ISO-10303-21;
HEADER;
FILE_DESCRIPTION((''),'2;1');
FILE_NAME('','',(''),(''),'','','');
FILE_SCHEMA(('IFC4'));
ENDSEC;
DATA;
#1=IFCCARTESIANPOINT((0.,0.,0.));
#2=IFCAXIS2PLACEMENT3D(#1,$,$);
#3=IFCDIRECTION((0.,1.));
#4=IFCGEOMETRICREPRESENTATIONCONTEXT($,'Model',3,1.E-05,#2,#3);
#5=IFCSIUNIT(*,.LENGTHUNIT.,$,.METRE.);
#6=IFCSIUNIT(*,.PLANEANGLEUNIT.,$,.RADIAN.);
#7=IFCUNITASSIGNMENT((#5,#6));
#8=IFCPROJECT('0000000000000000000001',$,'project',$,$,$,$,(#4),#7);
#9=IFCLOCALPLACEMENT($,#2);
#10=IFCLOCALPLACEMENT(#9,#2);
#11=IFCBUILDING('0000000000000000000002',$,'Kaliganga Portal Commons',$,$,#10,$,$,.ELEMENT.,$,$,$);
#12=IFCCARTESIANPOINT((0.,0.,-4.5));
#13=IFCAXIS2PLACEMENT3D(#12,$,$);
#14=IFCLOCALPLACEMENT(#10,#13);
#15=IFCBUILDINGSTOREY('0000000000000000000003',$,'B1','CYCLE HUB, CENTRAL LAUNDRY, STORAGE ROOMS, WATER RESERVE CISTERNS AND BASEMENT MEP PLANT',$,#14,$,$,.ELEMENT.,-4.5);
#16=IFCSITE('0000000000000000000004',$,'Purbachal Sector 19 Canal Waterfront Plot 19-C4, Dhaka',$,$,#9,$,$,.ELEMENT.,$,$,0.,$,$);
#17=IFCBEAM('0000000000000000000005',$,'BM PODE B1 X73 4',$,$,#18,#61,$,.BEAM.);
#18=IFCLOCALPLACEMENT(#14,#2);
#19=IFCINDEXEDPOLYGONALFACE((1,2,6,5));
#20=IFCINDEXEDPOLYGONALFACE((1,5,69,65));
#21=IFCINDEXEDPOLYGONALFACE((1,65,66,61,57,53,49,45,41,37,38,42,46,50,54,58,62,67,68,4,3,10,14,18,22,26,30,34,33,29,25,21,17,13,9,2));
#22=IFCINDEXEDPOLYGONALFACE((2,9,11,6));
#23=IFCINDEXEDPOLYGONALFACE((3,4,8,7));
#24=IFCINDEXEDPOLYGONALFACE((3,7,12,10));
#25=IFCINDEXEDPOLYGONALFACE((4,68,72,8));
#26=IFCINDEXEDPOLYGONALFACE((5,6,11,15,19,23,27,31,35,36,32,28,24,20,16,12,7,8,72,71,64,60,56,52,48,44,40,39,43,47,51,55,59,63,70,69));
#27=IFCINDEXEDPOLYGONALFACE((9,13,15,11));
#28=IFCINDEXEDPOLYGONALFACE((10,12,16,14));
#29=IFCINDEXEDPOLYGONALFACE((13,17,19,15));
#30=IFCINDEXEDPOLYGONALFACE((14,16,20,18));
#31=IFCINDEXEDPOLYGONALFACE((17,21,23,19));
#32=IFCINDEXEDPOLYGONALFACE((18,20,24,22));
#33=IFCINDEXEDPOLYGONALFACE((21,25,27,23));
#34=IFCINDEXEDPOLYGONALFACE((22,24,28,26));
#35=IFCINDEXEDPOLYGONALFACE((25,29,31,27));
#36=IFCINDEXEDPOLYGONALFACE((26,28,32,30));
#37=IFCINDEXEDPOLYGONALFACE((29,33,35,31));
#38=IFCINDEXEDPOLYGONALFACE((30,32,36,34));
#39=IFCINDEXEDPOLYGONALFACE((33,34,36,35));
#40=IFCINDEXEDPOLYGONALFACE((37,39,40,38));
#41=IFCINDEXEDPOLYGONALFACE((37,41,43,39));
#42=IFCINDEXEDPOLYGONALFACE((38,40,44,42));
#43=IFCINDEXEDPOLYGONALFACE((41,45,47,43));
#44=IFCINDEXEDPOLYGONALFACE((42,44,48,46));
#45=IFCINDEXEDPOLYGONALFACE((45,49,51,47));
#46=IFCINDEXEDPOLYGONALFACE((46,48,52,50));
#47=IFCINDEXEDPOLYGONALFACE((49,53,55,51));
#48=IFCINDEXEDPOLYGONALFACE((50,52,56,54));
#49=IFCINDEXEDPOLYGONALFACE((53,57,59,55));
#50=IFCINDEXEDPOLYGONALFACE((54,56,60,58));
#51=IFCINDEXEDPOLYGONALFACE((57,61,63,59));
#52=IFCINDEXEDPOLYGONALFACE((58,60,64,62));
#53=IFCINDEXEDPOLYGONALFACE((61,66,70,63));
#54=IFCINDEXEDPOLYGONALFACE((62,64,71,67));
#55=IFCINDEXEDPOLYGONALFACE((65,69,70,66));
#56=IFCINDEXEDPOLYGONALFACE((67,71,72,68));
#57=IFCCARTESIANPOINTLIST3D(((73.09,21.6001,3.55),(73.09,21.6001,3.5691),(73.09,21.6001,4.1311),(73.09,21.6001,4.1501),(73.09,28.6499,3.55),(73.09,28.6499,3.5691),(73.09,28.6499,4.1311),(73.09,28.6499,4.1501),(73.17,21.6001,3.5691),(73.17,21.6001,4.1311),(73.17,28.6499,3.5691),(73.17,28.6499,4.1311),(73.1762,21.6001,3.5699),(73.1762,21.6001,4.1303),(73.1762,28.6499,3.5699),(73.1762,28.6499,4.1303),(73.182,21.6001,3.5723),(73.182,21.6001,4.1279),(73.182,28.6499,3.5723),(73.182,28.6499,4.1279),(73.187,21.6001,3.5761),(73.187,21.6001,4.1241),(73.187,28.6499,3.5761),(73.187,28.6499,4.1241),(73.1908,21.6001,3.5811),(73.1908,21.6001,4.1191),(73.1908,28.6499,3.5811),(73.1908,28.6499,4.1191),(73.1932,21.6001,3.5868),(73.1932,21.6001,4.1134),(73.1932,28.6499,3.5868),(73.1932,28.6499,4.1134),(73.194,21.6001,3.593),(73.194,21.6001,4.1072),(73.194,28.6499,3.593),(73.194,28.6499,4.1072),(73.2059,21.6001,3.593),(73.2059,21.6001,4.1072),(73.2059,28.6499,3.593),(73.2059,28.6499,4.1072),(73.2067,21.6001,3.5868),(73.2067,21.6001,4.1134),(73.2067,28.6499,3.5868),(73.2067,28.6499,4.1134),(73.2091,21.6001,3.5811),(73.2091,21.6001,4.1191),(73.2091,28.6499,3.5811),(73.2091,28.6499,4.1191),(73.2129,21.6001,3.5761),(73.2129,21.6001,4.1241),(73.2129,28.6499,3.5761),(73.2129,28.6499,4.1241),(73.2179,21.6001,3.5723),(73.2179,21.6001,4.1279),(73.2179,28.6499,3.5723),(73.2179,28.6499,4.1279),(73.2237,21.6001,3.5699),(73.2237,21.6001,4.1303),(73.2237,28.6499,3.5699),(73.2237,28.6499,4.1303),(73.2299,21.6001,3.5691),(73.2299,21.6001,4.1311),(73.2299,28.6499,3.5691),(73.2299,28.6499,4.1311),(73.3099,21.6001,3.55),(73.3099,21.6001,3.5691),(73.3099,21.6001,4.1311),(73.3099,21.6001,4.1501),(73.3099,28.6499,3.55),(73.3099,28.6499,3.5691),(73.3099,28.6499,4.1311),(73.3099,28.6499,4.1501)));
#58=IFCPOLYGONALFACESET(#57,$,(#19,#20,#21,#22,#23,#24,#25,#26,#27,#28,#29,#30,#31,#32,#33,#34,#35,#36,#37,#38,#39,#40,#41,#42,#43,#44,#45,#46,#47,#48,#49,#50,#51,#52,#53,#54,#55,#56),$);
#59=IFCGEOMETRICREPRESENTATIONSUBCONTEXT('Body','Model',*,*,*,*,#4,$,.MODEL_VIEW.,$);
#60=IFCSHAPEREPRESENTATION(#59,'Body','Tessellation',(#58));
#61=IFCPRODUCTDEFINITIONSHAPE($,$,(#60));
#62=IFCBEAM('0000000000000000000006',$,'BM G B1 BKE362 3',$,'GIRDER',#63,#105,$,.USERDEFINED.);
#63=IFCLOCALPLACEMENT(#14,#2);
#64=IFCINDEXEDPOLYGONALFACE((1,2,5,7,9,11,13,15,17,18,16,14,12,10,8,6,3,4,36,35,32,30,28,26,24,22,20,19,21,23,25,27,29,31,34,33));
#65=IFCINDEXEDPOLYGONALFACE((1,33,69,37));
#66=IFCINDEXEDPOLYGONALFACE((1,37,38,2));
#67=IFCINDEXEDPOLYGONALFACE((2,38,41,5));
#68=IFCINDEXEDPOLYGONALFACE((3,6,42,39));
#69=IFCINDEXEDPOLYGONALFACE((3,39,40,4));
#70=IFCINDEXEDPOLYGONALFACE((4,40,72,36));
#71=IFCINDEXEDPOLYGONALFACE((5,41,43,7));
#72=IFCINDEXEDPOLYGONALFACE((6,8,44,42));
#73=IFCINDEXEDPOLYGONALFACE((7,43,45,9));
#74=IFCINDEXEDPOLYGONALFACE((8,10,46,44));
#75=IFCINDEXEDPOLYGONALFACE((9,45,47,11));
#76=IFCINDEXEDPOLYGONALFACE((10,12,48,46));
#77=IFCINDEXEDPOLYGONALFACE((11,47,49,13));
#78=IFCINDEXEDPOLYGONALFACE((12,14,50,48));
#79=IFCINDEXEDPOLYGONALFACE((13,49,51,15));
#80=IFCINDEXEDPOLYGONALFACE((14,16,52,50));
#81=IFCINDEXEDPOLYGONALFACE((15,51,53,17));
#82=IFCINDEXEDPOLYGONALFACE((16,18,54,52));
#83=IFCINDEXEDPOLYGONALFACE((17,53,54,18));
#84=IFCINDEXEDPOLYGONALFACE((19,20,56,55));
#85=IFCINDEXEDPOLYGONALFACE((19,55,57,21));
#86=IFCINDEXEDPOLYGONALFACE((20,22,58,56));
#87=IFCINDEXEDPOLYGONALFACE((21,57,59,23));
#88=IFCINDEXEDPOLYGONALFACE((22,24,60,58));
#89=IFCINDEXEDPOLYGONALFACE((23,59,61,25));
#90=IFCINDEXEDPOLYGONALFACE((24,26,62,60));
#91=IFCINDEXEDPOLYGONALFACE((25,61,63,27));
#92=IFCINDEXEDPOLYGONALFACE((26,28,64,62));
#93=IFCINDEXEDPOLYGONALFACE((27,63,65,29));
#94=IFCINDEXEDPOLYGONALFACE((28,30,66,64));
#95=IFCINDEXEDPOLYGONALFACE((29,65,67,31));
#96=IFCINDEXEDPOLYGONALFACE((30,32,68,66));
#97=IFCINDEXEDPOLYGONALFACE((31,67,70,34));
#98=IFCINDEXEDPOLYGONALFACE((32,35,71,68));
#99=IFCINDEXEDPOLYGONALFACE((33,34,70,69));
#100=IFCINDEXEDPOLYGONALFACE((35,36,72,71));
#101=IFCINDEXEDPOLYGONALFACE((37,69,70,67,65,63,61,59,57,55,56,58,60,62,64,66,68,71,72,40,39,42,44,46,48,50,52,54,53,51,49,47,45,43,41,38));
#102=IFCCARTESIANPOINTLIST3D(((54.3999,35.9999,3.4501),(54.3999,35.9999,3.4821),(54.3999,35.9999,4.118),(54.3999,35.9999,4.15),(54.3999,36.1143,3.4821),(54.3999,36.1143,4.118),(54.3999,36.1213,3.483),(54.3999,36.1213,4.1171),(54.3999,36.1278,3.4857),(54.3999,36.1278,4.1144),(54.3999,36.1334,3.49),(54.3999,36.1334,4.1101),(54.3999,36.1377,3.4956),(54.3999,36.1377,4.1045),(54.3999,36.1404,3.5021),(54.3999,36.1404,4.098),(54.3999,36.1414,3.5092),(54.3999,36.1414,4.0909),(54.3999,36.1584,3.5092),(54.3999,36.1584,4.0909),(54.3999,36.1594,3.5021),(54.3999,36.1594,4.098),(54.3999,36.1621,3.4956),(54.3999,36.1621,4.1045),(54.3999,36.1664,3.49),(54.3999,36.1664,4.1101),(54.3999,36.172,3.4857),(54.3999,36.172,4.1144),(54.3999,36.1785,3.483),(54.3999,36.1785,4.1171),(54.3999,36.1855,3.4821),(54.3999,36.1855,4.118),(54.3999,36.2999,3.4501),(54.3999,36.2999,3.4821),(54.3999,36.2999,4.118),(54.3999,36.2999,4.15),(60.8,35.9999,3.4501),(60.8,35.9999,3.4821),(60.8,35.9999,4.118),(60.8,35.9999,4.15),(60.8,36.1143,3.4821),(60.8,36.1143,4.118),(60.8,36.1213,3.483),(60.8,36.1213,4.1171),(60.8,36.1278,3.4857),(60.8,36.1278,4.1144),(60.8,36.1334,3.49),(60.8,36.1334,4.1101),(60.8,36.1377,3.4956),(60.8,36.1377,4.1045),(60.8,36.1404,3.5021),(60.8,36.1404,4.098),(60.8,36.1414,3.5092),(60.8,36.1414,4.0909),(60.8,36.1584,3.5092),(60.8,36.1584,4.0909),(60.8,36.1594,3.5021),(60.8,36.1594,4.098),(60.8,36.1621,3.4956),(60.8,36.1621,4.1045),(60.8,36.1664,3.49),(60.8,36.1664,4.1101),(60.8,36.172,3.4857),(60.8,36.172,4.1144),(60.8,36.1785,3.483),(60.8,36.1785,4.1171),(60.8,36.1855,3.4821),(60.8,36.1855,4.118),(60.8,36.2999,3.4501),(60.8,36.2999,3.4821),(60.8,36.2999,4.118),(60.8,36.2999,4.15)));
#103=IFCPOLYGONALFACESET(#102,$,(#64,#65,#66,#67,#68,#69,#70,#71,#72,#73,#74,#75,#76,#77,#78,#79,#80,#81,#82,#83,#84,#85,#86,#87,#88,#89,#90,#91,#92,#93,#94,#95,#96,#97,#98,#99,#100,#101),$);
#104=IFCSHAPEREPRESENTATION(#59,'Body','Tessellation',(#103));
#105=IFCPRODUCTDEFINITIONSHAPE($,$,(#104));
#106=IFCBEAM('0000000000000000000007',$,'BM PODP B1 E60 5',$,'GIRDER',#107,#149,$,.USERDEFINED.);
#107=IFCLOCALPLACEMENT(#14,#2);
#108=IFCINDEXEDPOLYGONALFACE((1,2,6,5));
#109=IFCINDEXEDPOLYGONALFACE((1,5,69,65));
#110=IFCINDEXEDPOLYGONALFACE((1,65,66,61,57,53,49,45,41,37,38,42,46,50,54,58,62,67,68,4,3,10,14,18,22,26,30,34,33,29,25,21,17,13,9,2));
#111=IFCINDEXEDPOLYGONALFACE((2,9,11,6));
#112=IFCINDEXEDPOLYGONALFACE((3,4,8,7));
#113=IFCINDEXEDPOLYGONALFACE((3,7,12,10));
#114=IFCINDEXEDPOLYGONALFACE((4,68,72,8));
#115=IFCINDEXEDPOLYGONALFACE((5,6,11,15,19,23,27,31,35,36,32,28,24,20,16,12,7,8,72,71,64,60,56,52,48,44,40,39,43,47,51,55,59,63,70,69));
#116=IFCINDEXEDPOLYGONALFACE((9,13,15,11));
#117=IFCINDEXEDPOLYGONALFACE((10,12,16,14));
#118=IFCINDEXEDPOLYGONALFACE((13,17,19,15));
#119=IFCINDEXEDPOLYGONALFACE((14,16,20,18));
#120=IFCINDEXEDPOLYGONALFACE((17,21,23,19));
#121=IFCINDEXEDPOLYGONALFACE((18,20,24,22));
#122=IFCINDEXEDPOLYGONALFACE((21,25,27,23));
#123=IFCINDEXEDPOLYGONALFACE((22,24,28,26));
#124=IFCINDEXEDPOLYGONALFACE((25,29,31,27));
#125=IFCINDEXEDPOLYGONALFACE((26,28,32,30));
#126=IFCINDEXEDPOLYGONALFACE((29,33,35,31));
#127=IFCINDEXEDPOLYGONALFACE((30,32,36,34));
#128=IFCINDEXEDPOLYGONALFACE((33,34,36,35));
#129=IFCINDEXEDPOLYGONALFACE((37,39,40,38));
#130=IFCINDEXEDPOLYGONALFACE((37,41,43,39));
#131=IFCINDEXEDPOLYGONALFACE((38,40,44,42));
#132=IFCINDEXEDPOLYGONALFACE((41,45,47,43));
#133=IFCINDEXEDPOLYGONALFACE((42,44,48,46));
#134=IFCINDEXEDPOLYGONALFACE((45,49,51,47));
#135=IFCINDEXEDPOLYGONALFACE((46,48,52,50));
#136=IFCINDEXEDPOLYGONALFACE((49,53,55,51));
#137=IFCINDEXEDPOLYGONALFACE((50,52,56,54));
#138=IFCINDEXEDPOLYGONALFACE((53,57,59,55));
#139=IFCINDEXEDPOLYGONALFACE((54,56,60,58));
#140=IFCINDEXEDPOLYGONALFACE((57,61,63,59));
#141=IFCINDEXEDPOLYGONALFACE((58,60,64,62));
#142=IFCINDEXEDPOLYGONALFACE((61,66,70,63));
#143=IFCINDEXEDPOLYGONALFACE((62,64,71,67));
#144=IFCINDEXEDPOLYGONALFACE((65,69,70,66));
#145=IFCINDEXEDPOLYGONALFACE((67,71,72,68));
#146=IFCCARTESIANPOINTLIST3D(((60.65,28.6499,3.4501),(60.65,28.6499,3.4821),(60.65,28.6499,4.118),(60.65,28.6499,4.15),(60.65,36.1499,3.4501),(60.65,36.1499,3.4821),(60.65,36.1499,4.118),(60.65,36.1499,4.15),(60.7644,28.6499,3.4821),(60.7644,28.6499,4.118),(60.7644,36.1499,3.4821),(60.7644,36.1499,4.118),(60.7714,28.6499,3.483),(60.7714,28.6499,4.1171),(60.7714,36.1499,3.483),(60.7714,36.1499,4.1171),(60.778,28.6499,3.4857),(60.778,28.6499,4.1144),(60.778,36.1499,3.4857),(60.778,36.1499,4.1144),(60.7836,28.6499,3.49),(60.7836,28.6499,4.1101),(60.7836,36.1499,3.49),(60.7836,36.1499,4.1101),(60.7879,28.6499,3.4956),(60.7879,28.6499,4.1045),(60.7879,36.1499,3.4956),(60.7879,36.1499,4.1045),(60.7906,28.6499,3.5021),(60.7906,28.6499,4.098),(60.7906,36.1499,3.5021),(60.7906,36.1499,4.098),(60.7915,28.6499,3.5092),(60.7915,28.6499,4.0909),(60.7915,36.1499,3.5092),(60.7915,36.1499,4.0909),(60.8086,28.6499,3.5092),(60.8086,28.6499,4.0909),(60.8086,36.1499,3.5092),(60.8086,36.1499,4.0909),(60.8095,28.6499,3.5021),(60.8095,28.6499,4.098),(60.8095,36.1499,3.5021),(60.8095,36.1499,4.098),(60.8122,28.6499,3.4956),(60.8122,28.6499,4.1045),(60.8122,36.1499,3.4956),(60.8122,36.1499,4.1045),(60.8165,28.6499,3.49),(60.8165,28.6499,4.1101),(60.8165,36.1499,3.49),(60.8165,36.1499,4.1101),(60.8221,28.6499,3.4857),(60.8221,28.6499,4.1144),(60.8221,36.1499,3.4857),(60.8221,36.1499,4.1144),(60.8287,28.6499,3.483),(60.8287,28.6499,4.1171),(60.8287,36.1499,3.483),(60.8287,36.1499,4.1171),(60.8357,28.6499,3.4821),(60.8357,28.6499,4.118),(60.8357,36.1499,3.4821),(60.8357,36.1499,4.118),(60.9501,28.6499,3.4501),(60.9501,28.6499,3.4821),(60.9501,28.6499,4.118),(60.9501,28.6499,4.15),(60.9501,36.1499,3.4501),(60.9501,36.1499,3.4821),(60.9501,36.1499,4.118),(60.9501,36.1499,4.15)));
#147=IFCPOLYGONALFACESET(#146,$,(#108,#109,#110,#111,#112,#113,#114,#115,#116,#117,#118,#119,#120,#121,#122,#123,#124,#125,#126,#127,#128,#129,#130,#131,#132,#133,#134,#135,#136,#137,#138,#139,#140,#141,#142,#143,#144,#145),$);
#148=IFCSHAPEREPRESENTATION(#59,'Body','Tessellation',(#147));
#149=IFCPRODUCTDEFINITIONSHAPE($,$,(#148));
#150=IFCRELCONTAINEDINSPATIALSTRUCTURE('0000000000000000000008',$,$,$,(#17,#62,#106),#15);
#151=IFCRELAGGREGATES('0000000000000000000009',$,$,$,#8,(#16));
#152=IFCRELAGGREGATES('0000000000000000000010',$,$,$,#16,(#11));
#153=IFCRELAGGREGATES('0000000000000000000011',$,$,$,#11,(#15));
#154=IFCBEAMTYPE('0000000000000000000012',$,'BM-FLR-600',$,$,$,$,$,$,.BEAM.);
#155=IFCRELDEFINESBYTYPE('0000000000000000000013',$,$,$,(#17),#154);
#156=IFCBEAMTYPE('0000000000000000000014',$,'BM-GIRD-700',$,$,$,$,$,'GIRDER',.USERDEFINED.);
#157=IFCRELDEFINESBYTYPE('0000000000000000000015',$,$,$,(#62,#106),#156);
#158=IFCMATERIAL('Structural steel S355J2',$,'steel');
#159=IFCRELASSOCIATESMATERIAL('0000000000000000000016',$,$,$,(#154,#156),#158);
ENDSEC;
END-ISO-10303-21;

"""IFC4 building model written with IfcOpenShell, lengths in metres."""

from ifc_helpers import new_model, si_unit, direction, frame, origin, origin_2d, place, context, subcontext, project, spatial, i_section, extrude, source, transform, mapped, material, material_profile, profile_set, type_object, element, save


model = new_model("IFC4")

# Units and contexts
model_context = context("Model", 3, precision=1e-05, world=origin(), true_north=direction((0.0, 1.0)))
body_context = subcontext(model_context, "Body", "Model", "MODEL_VIEW")
ifc_project = project(units=[si_unit("LENGTHUNIT", "METRE"), si_unit("PLANEANGLEUNIT", "RADIAN")], contexts=[model_context])

# Site, building, storey
site_placement = place(None, origin())
site = spatial("IfcSite", under=ifc_project, at=site_placement, Name="Purbachal Sector 19 Canal Waterfront Plot 19-C4, Dhaka", CompositionType="ELEMENT", RefElevation=0.0)
building_placement = place(site_placement, origin())
building = spatial("IfcBuilding", under=site, at=building_placement, Name="Kaliganga Portal Commons", CompositionType="ELEMENT")
storey_placement = place(building_placement, frame((0.0, 0.0, -4.5)))
storey = spatial("IfcBuildingStorey", under=building, at=storey_placement, Name="B1", Description="CYCLE HUB, CENTRAL LAUNDRY, STORAGE ROOMS, WATER RESERVE CISTERNS AND BASEMENT MEP PLANT", CompositionType="ELEMENT", Elevation=-4.5)

# Beams
ifc_material_1 = material(Name="Structural steel S355J2", Category="steel")
ifc_material_profile_1 = material_profile(ifc_material_1, i_section(OverallWidth=0.22, OverallDepth=0.6001, WebThickness=0.012, FlangeThickness=0.019, FilletRadius=0.0239, at=origin_2d()), Name="IPE 600")
ifc_profile_set_1 = profile_set([ifc_material_profile_1], Name="Structural steel S355J2 wide-flange")
beam_type_1 = type_object("IfcBeamType", Name="BM-FLR-600", PredefinedType="BEAM", material=ifc_profile_set_1)
shared_shape_1 = source(origin(), body_context, "Body", "SweptSolid", [
    extrude(i_section(OverallWidth=0.22, OverallDepth=0.6001, WebThickness=0.012, FlangeThickness=0.019, FilletRadius=0.0239, at=origin_2d()), origin(), (0.0, 0.0, 1.0), 7.0498),
])
for number, where, z_axis, x_axis, name in (
    (1, (73.2, 21.6001, 3.8501), (0.0, 1.0, 0.0), (-1.0, 0.0, 0.0), "BM PODE B1 X73 4"),
):
    element("IfcBeam", number, at=place(storey_placement, frame(where, z_axis=z_axis, x_axis=x_axis)), inside=storey, type_object=beam_type_1, Name=name, PredefinedType="BEAM", context=body_context, shape_type="MappedRepresentation", body=[
        mapped(shared_shape_1, transform((0.0, 0.0, 0.0), x_axis=(1.0, 0.0, 0.0), y_axis=(0.0, 1.0, 0.0), z_axis=(0.0, 0.0, 1.0), scale=1.0)),
    ])
ifc_material_profile_2 = material_profile(ifc_material_1, i_section(OverallWidth=0.3, OverallDepth=0.7, WebThickness=0.0171, FlangeThickness=0.032, FilletRadius=0.0271, at=origin_2d()), Name="HE 700 B")
ifc_profile_set_2 = profile_set([ifc_material_profile_2], Name="Structural steel S355J2 wide-flange")
beam_type_2 = type_object("IfcBeamType", Name="BM-GIRD-700", ElementType="GIRDER", PredefinedType="USERDEFINED", material=ifc_profile_set_2)
shared_shape_2 = source(origin(), body_context, "Body", "SweptSolid", [
    extrude(i_section(OverallWidth=0.3, OverallDepth=0.7, WebThickness=0.0171, FlangeThickness=0.032, FilletRadius=0.0271, at=origin_2d()), origin(), (0.0, 0.0, 1.0), 6.4001),
])
beam_1_placement = place(storey_placement, frame((54.3999, 36.1499, 3.8), z_axis=(1.0, 0.0, 0.0), x_axis=(0.0, 1.0, 0.0)))
element("IfcBeam", 2, at=beam_1_placement, inside=storey, type_object=beam_type_2, Name="BM G B1 BKE362 3", ObjectType="GIRDER", PredefinedType="USERDEFINED", context=body_context, shape_type="MappedRepresentation", body=[
    mapped(shared_shape_2, transform((0.0, 0.0, 0.0), x_axis=(1.0, 0.0, 0.0), y_axis=(0.0, 1.0, 0.0), z_axis=(0.0, 0.0, 1.0), scale=1.0)),
])
shared_shape_3 = source(origin(), body_context, "Body", "SweptSolid", [
    extrude(i_section(OverallWidth=0.3, OverallDepth=0.7, WebThickness=0.0171, FlangeThickness=0.032, FilletRadius=0.0271, at=origin_2d()), origin(), (0.0, 0.0, 1.0), 7.5),
])
beam_2_placement = place(storey_placement, frame((60.8, 28.6499, 3.8), z_axis=(0.0, 1.0, 0.0), x_axis=(-1.0, 0.0, 0.0)))
element("IfcBeam", 3, at=beam_2_placement, inside=storey, type_object=beam_type_2, Name="BM PODP B1 E60 5", ObjectType="GIRDER", PredefinedType="USERDEFINED", context=body_context, shape_type="MappedRepresentation", body=[
    mapped(shared_shape_3, transform((0.0, 0.0, 0.0), x_axis=(1.0, 0.0, 0.0), y_axis=(0.0, 1.0, 0.0), z_axis=(0.0, 0.0, 1.0), scale=1.0)),
])

save(model, "model.ifc")
